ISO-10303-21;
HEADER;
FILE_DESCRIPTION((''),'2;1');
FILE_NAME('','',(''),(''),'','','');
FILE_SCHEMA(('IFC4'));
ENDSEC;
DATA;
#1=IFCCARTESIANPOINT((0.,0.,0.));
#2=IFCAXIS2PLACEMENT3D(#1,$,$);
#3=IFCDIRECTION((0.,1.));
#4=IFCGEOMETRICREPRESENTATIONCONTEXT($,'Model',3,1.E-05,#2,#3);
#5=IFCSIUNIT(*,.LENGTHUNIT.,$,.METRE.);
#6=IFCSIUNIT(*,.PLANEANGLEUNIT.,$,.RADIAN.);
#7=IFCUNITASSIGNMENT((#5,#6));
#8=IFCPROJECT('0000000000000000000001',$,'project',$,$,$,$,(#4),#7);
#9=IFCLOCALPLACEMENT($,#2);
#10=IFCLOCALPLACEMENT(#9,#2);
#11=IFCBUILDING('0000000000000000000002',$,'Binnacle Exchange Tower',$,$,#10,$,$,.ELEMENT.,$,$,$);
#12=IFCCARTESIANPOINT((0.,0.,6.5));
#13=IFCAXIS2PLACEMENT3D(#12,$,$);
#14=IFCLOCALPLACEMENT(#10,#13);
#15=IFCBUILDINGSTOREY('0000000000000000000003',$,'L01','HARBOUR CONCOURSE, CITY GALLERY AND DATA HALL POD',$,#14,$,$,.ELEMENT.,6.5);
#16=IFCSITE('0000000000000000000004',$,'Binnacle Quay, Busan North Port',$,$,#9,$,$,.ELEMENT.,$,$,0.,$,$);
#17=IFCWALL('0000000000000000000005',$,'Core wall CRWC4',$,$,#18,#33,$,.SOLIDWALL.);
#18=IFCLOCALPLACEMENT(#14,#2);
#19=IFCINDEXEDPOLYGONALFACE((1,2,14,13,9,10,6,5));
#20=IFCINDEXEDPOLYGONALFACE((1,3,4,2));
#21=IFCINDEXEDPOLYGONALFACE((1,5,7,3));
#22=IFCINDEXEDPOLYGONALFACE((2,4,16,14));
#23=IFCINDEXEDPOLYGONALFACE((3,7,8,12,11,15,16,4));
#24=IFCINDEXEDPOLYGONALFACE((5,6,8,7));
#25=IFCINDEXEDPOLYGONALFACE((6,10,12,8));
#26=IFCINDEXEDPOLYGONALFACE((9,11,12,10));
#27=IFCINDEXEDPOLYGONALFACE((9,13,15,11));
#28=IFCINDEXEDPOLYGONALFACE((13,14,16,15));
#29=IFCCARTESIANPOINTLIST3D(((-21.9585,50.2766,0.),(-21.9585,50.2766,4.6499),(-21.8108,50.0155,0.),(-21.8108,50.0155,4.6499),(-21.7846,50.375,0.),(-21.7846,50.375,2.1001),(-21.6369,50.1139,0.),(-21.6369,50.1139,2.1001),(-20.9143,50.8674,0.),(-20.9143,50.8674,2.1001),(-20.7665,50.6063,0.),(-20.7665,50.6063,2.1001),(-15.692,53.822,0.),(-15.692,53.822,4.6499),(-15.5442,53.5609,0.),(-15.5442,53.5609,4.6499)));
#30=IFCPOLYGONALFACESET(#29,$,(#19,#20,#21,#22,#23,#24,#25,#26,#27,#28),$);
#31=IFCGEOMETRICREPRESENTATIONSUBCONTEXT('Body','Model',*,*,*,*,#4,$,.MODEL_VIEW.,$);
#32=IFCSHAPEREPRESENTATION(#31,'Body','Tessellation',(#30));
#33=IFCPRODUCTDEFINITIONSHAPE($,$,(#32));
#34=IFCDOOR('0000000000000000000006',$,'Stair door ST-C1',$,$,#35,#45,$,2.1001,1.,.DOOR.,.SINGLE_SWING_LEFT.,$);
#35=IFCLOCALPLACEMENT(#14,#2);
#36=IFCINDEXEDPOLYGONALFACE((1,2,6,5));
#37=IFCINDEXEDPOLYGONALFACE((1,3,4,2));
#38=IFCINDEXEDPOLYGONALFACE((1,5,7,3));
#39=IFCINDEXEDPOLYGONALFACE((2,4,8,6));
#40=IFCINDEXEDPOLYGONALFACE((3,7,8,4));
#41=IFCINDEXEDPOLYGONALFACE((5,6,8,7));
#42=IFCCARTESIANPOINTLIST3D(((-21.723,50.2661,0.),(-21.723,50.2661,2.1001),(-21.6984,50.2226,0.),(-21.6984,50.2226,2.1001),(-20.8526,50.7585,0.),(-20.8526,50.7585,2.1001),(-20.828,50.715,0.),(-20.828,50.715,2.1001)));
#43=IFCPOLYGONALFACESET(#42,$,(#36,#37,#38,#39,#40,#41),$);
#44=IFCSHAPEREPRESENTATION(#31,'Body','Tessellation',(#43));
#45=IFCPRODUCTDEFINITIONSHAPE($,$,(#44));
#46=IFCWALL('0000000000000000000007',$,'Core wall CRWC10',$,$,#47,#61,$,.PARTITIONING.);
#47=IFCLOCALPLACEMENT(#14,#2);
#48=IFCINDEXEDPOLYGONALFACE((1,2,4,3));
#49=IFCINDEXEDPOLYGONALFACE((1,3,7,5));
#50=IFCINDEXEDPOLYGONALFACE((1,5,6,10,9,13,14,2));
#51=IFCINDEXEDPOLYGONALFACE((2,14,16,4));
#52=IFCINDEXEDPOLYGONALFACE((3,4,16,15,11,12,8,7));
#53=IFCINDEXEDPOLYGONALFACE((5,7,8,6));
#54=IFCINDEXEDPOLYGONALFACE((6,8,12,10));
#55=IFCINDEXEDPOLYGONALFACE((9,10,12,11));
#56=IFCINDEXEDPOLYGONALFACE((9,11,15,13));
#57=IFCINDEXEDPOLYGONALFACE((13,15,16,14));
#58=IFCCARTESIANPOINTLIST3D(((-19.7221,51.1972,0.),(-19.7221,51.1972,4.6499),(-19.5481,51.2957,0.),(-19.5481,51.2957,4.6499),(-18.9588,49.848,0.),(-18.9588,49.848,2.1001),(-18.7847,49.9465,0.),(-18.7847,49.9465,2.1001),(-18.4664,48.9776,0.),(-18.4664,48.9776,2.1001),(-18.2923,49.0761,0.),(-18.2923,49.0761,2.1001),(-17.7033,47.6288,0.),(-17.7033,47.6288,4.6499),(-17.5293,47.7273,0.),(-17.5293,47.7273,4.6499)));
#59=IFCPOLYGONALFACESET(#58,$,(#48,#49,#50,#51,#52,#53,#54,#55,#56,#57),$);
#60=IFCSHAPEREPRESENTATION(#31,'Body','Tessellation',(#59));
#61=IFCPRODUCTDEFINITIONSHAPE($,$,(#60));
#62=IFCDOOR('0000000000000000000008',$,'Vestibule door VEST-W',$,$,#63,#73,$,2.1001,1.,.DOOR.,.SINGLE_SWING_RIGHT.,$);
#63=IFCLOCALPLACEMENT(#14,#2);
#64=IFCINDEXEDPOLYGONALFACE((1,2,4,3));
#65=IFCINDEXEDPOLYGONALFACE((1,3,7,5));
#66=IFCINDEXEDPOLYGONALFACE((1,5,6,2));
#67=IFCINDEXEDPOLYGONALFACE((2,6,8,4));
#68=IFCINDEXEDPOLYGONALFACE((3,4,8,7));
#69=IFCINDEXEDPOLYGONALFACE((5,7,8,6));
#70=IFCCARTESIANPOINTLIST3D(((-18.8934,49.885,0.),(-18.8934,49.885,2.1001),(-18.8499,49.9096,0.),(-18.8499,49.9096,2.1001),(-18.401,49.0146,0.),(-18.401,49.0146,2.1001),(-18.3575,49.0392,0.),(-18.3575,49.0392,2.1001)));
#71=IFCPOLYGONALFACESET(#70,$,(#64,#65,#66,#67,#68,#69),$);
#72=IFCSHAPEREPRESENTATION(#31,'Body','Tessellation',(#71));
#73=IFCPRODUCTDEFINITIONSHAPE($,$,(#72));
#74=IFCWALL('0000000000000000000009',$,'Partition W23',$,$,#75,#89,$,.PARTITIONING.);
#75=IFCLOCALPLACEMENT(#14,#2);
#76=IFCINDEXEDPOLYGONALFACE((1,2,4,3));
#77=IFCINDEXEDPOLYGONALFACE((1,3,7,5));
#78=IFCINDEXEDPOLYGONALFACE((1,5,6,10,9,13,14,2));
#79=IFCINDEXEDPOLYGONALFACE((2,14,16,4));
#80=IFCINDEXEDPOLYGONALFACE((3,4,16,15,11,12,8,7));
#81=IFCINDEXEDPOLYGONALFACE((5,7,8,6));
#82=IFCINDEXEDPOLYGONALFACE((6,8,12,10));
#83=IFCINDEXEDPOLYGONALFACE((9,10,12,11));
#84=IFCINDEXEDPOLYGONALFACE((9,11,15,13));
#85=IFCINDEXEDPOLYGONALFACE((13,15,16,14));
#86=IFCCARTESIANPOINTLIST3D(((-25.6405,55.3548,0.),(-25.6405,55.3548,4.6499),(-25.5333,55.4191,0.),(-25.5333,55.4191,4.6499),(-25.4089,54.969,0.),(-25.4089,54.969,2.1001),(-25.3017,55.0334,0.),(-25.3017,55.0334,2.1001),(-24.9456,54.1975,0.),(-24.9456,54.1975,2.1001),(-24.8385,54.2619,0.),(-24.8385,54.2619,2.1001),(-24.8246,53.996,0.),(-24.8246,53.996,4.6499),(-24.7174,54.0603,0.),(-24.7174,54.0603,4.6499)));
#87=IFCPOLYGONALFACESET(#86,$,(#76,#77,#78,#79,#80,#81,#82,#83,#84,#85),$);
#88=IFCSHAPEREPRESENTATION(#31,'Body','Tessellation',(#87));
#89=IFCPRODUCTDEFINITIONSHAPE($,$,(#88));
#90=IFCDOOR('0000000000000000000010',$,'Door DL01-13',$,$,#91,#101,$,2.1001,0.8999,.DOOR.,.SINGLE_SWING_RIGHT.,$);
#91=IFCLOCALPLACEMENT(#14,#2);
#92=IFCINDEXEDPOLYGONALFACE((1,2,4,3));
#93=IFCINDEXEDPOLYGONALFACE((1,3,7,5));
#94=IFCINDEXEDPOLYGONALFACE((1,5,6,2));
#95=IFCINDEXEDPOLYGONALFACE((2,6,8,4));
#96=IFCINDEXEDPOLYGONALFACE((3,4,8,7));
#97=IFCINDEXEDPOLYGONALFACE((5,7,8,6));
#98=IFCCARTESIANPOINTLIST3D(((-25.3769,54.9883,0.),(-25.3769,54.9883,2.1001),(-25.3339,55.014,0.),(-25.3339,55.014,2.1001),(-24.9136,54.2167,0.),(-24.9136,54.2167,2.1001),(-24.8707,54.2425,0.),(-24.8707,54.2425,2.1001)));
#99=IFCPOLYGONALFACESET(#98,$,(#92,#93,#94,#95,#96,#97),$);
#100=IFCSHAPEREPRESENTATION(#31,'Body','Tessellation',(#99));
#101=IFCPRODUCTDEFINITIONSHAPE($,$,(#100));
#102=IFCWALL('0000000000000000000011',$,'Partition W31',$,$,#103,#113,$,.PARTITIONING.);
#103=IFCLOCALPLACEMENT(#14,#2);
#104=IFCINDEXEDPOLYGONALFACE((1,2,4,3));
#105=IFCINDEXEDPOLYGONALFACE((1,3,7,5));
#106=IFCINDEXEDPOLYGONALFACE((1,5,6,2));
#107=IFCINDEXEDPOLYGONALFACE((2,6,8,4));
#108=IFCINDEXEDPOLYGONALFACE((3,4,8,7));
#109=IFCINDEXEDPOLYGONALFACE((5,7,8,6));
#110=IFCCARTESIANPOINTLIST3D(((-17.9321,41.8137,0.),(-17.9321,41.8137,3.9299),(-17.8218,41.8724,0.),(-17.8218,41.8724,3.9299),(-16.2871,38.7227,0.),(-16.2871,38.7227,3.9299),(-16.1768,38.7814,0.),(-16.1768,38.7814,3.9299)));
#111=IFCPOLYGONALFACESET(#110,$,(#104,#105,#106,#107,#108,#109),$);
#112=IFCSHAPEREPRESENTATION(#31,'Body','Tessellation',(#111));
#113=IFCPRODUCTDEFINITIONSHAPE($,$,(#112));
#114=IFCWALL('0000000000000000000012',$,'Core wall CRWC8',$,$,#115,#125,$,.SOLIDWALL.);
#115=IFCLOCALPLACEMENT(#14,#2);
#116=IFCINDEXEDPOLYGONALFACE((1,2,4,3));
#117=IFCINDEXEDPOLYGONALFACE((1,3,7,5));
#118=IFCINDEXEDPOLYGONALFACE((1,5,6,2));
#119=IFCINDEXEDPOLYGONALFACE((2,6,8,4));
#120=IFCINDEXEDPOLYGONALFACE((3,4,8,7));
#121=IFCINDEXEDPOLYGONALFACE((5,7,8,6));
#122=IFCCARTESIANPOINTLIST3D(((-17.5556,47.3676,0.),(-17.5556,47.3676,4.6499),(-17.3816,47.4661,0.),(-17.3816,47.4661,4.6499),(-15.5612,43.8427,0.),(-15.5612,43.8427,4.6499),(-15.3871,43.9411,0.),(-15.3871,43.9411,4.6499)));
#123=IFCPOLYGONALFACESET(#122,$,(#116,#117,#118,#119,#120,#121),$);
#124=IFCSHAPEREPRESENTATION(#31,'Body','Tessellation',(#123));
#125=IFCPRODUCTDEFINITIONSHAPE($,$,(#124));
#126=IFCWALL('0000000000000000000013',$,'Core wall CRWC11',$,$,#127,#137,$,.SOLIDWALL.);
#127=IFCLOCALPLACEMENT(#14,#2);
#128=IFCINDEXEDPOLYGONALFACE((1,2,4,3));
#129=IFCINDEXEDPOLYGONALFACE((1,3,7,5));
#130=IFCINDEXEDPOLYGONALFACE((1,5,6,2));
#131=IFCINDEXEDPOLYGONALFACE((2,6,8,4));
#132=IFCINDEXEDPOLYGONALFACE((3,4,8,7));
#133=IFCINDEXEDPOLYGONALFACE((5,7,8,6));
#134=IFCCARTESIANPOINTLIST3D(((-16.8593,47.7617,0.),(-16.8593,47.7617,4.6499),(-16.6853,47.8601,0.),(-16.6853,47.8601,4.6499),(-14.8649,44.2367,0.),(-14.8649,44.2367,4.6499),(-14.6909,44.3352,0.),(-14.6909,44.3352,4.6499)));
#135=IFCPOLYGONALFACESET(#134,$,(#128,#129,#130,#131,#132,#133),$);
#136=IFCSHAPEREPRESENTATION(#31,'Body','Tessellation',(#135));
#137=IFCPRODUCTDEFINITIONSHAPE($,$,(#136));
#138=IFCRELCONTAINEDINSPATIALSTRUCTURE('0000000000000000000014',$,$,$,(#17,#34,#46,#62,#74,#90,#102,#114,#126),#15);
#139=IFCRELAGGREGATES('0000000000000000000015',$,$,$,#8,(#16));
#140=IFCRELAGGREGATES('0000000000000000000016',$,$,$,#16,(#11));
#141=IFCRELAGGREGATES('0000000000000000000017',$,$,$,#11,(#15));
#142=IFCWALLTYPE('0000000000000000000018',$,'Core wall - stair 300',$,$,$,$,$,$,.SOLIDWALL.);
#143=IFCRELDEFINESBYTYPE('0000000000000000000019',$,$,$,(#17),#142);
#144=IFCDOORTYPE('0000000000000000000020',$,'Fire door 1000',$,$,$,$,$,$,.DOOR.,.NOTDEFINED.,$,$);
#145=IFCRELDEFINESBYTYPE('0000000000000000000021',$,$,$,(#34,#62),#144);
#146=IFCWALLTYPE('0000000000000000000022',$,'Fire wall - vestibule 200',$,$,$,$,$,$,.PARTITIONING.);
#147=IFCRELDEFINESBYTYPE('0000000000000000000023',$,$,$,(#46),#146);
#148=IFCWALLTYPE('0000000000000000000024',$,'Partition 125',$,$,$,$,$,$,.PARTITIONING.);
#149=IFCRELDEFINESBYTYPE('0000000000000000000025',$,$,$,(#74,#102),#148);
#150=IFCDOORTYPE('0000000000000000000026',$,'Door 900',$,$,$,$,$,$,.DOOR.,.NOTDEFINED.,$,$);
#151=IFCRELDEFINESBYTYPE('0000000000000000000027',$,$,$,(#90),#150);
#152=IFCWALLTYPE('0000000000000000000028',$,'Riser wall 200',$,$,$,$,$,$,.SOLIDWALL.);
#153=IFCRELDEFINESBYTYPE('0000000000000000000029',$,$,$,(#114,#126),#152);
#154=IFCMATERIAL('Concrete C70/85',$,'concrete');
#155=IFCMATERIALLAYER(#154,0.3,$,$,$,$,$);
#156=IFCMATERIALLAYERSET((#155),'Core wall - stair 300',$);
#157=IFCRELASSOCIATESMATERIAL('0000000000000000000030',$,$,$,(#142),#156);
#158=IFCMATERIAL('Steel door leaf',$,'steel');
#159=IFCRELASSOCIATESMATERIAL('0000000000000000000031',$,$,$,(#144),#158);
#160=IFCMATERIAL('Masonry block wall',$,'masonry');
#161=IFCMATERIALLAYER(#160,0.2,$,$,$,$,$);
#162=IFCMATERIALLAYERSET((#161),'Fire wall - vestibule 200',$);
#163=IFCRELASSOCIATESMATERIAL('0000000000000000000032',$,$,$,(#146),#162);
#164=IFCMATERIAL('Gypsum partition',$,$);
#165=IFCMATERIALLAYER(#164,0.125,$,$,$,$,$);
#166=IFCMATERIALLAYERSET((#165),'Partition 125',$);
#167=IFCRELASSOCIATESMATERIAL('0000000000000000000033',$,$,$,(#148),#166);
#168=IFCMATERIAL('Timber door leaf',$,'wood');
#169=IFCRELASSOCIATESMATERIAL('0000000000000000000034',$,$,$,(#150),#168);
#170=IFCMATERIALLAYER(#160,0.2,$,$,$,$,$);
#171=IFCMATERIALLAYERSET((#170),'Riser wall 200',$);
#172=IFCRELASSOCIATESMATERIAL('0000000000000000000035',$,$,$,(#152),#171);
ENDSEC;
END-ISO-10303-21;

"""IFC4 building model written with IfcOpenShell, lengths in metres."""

from ifc_helpers import new_model, si_unit, direction, frame, frame_2d, origin, place, context, subcontext, project, spatial, rectangle, extrude, material, layer, layer_set, type_object, element, fill, save


model = new_model("IFC4")

# Units and contexts
model_context = context("Model", 3, precision=1e-05, world=origin(), true_north=direction((0.0, 1.0)))
body_context = subcontext(model_context, "Body", "Model", "MODEL_VIEW")
ifc_project = project(units=[si_unit("LENGTHUNIT", "METRE"), si_unit("PLANEANGLEUNIT", "RADIAN")], contexts=[model_context])

# Site, building, storey
site_placement = place(None, origin())
site = spatial("IfcSite", under=ifc_project, at=site_placement, Name="Binnacle Quay, Busan North Port", CompositionType="ELEMENT", RefElevation=0.0)
building_placement = place(site_placement, origin())
building = spatial("IfcBuilding", under=site, at=building_placement, Name="Binnacle Exchange Tower", CompositionType="ELEMENT")
storey_placement = place(building_placement, frame((0.0, 0.0, 6.5)))
storey = spatial("IfcBuildingStorey", under=building, at=storey_placement, Name="L01", Description="HARBOUR CONCOURSE, CITY GALLERY AND DATA HALL POD", CompositionType="ELEMENT", Elevation=6.5)

# Shared definitions
ifc_material_1 = material(Name="Concrete C70/85", Category="concrete")
ifc_material_2 = material(Name="Steel door leaf", Category="steel")

# Walls, openings, doors
ifc_layer_1 = layer(ifc_material_1, 0.3)
ifc_layer_set_1 = layer_set([ifc_layer_1], Name="Core wall - stair 300")
wall_type_1 = type_object("IfcWallType", Name="Core wall - stair 300", PredefinedType="SOLIDWALL", material=ifc_layer_set_1)
wall_1_placement = place(storey_placement, frame((-21.8848, 50.146, 0.0), z_axis=(0.0, 0.0, 1.0), x_axis=(0.870359, 0.492417, 0.0)))
wall_1 = element("IfcWall", 1, at=wall_1_placement, inside=storey, type_object=wall_type_1, Name="Core wall CRWC4", PredefinedType="SOLIDWALL", context=body_context, shape_type="SweptSolid", body=[
    extrude(rectangle(XDim=7.2, YDim=0.3, at=frame_2d((3.6001, 0.0))), origin(), (0.0, 0.0, 1.0), 4.6499),
])
opening_1_placement = place(wall_1_placement, frame((0.2, 0.0, 0.0)))
opening_1 = element("IfcOpeningElement", 2, at=opening_1_placement, cuts=wall_1, PredefinedType="OPENING", context=body_context, shape_type="SweptSolid", body=[
    extrude(rectangle(XDim=1.0, YDim=2.1001, at=frame_2d((0.5, 1.05))), frame((0.0, 0.1599, 0.0), z_axis=(0.0, -1.0, 0.0), x_axis=(1.0, 0.0, 0.0)), (0.0, 0.0, 1.0), 0.3201),
])
door_type_1 = type_object("IfcDoorType", Name="Fire door 1000", OperationType="NOTDEFINED", PredefinedType="DOOR", material=ifc_material_2)
door_1_placement = place(opening_1_placement, origin())
door_1 = element("IfcDoor", 3, at=door_1_placement, inside=storey, type_object=door_type_1, Name="Stair door ST-C1", OperationType="SINGLE_SWING_LEFT", OverallHeight=2.1001, OverallWidth=1.0, PredefinedType="DOOR", context=body_context, shape_type="SweptSolid", body=[
    extrude(rectangle(XDim=1.0, YDim=2.1001, at=frame_2d((0.5, 1.05))), frame((0.0, 0.0249, 0.0), z_axis=(0.0, -1.0, 0.0), x_axis=(1.0, 0.0, 0.0)), (0.0, 0.0, 1.0), 0.05),
])
fill(opening_1, door_1)
ifc_material_3 = material(Name="Masonry block wall", Category="masonry")
ifc_layer_2 = layer(ifc_material_3, 0.2)
ifc_layer_set_2 = layer_set([ifc_layer_2], Name="Fire wall - vestibule 200")
wall_type_2 = type_object("IfcWallType", Name="Fire wall - vestibule 200", PredefinedType="PARTITIONING", material=ifc_layer_set_2)
wall_2_placement = place(storey_placement, frame((-19.635, 51.2463, 0.0), z_axis=(0.0, 0.0, 1.0), x_axis=(0.492408, -0.870364, 0.0)))
wall_2 = element("IfcWall", 4, at=wall_2_placement, inside=storey, type_object=wall_type_2, Name="Core wall CRWC10", PredefinedType="PARTITIONING", context=body_context, shape_type="SweptSolid", body=[
    extrude(rectangle(XDim=4.0999, YDim=0.2, at=frame_2d((2.0498, 0.0))), origin(), (0.0, 0.0, 1.0), 4.6499),
])
opening_2_placement = place(wall_2_placement, frame((1.55, 0.0, 0.0)))
opening_2 = element("IfcOpeningElement", 5, at=opening_2_placement, cuts=wall_2, PredefinedType="OPENING", context=body_context, shape_type="SweptSolid", body=[
    extrude(rectangle(XDim=1.0, YDim=2.1001, at=frame_2d((0.5, 1.05))), frame((0.0, 0.1099, 0.0), z_axis=(0.0, -1.0, 0.0), x_axis=(1.0, 0.0, 0.0)), (0.0, 0.0, 1.0), 0.22),
])
door_2_placement = place(opening_2_placement, frame((1.0, 0.0, 0.0), z_axis=(0.0, 0.0, 1.0), x_axis=(-1.0, 0.0, 0.0)))
door_2 = element("IfcDoor", 6, at=door_2_placement, inside=storey, type_object=door_type_1, Name="Vestibule door VEST-W", OperationType="SINGLE_SWING_RIGHT", OverallHeight=2.1001, OverallWidth=1.0, PredefinedType="DOOR", context=body_context, shape_type="SweptSolid", body=[
    extrude(rectangle(XDim=1.0, YDim=2.1001, at=frame_2d((0.5, 1.05))), frame((0.0, 0.0249, 0.0), z_axis=(0.0, -1.0, 0.0), x_axis=(1.0, 0.0, 0.0)), (0.0, 0.0, 1.0), 0.05),
])
fill(opening_2, door_2)
ifc_material_4 = material(Name="Gypsum partition")
ifc_layer_3 = layer(ifc_material_4, 0.125)
ifc_layer_set_3 = layer_set([ifc_layer_3], Name="Partition 125")
wall_type_3 = type_object("IfcWallType", Name="Partition 125", PredefinedType="PARTITIONING", material=ifc_layer_set_3)
wall_3_placement = place(storey_placement, frame((-25.5869, 55.387, 0.0), z_axis=(0.0, 0.0, 1.0), x_axis=(0.514768, -0.85733, 0.0)))
wall_3 = element("IfcWall", 7, at=wall_3_placement, inside=storey, type_object=wall_type_3, Name="Partition W23", PredefinedType="PARTITIONING", context=body_context, shape_type="SweptSolid", body=[
    extrude(rectangle(XDim=1.585, YDim=0.125, at=frame_2d((0.7925, 0.0))), origin(), (0.0, 0.0, 1.0), 4.6499),
])
opening_3_placement = place(wall_3_placement, frame((0.45, 0.0, 0.0)))
opening_3 = element("IfcOpeningElement", 8, at=opening_3_placement, cuts=wall_3, PredefinedType="OPENING", context=body_context, shape_type="SweptSolid", body=[
    extrude(rectangle(XDim=0.8999, YDim=2.1001, at=frame_2d((0.45, 1.05))), frame((0.0, 0.0725, 0.0), z_axis=(0.0, -1.0, 0.0), x_axis=(1.0, 0.0, 0.0)), (0.0, 0.0, 1.0), 0.145),
])
ifc_material_5 = material(Name="Timber door leaf", Category="wood")
door_type_2 = type_object("IfcDoorType", Name="Door 900", OperationType="NOTDEFINED", PredefinedType="DOOR", material=ifc_material_5)
door_3_placement = place(opening_3_placement, origin())
door_3 = element("IfcDoor", 9, at=door_3_placement, inside=storey, type_object=door_type_2, Name="Door DL01-13", OperationType="SINGLE_SWING_RIGHT", OverallHeight=2.1001, OverallWidth=0.8999, PredefinedType="DOOR", context=body_context, shape_type="SweptSolid", body=[
    extrude(rectangle(XDim=0.8999, YDim=2.1001, at=frame_2d((0.45, 1.05))), frame((0.0, 0.0249, 0.0), z_axis=(0.0, -1.0, 0.0), x_axis=(1.0, 0.0, 0.0)), (0.0, 0.0, 1.0), 0.05),
])
fill(opening_3, door_3)

# Walls
wall_4_placement = place(storey_placement, frame((-17.877, 41.843, 0.0), z_axis=(0.0, 0.0, 1.0), x_axis=(0.469799, -0.882773, 0.0)))
element("IfcWall", 10, at=wall_4_placement, inside=storey, type_object=wall_type_3, Name="Partition W31", PredefinedType="PARTITIONING", context=body_context, shape_type="SweptSolid", body=[
    extrude(rectangle(XDim=3.5015, YDim=0.125, at=frame_2d((1.7507, 0.0))), origin(), (0.0, 0.0, 1.0), 3.9299),
])
ifc_layer_4 = layer(ifc_material_3, 0.2)
ifc_layer_set_4 = layer_set([ifc_layer_4], Name="Riser wall 200")
wall_type_4 = type_object("IfcWallType", Name="Riser wall 200", PredefinedType="SOLIDWALL", material=ifc_layer_set_4)
for number, where, z_axis, x_axis, name in (
    (11, (-17.4685, 47.4167, 0.0), (0.0, 0.0, 1.0), (0.492441, -0.870346, 0.0), "Core wall CRWC8"),
    (12, (-16.7722, 47.8108, 0.0), (0.0, 0.0, 1.0), (0.492441, -0.870346, 0.0), "Core wall CRWC11"),
):
    element("IfcWall", number, at=place(storey_placement, frame(where, z_axis=z_axis, x_axis=x_axis)), inside=storey, type_object=wall_type_4, Name=name, PredefinedType="SOLIDWALL", context=body_context, shape_type="SweptSolid", body=[
        extrude(rectangle(XDim=4.05, YDim=0.2, at=frame_2d((2.0249, 0.0))), origin(), (0.0, 0.0, 1.0), 4.6499),
    ])

save(model, "model.ifc")
